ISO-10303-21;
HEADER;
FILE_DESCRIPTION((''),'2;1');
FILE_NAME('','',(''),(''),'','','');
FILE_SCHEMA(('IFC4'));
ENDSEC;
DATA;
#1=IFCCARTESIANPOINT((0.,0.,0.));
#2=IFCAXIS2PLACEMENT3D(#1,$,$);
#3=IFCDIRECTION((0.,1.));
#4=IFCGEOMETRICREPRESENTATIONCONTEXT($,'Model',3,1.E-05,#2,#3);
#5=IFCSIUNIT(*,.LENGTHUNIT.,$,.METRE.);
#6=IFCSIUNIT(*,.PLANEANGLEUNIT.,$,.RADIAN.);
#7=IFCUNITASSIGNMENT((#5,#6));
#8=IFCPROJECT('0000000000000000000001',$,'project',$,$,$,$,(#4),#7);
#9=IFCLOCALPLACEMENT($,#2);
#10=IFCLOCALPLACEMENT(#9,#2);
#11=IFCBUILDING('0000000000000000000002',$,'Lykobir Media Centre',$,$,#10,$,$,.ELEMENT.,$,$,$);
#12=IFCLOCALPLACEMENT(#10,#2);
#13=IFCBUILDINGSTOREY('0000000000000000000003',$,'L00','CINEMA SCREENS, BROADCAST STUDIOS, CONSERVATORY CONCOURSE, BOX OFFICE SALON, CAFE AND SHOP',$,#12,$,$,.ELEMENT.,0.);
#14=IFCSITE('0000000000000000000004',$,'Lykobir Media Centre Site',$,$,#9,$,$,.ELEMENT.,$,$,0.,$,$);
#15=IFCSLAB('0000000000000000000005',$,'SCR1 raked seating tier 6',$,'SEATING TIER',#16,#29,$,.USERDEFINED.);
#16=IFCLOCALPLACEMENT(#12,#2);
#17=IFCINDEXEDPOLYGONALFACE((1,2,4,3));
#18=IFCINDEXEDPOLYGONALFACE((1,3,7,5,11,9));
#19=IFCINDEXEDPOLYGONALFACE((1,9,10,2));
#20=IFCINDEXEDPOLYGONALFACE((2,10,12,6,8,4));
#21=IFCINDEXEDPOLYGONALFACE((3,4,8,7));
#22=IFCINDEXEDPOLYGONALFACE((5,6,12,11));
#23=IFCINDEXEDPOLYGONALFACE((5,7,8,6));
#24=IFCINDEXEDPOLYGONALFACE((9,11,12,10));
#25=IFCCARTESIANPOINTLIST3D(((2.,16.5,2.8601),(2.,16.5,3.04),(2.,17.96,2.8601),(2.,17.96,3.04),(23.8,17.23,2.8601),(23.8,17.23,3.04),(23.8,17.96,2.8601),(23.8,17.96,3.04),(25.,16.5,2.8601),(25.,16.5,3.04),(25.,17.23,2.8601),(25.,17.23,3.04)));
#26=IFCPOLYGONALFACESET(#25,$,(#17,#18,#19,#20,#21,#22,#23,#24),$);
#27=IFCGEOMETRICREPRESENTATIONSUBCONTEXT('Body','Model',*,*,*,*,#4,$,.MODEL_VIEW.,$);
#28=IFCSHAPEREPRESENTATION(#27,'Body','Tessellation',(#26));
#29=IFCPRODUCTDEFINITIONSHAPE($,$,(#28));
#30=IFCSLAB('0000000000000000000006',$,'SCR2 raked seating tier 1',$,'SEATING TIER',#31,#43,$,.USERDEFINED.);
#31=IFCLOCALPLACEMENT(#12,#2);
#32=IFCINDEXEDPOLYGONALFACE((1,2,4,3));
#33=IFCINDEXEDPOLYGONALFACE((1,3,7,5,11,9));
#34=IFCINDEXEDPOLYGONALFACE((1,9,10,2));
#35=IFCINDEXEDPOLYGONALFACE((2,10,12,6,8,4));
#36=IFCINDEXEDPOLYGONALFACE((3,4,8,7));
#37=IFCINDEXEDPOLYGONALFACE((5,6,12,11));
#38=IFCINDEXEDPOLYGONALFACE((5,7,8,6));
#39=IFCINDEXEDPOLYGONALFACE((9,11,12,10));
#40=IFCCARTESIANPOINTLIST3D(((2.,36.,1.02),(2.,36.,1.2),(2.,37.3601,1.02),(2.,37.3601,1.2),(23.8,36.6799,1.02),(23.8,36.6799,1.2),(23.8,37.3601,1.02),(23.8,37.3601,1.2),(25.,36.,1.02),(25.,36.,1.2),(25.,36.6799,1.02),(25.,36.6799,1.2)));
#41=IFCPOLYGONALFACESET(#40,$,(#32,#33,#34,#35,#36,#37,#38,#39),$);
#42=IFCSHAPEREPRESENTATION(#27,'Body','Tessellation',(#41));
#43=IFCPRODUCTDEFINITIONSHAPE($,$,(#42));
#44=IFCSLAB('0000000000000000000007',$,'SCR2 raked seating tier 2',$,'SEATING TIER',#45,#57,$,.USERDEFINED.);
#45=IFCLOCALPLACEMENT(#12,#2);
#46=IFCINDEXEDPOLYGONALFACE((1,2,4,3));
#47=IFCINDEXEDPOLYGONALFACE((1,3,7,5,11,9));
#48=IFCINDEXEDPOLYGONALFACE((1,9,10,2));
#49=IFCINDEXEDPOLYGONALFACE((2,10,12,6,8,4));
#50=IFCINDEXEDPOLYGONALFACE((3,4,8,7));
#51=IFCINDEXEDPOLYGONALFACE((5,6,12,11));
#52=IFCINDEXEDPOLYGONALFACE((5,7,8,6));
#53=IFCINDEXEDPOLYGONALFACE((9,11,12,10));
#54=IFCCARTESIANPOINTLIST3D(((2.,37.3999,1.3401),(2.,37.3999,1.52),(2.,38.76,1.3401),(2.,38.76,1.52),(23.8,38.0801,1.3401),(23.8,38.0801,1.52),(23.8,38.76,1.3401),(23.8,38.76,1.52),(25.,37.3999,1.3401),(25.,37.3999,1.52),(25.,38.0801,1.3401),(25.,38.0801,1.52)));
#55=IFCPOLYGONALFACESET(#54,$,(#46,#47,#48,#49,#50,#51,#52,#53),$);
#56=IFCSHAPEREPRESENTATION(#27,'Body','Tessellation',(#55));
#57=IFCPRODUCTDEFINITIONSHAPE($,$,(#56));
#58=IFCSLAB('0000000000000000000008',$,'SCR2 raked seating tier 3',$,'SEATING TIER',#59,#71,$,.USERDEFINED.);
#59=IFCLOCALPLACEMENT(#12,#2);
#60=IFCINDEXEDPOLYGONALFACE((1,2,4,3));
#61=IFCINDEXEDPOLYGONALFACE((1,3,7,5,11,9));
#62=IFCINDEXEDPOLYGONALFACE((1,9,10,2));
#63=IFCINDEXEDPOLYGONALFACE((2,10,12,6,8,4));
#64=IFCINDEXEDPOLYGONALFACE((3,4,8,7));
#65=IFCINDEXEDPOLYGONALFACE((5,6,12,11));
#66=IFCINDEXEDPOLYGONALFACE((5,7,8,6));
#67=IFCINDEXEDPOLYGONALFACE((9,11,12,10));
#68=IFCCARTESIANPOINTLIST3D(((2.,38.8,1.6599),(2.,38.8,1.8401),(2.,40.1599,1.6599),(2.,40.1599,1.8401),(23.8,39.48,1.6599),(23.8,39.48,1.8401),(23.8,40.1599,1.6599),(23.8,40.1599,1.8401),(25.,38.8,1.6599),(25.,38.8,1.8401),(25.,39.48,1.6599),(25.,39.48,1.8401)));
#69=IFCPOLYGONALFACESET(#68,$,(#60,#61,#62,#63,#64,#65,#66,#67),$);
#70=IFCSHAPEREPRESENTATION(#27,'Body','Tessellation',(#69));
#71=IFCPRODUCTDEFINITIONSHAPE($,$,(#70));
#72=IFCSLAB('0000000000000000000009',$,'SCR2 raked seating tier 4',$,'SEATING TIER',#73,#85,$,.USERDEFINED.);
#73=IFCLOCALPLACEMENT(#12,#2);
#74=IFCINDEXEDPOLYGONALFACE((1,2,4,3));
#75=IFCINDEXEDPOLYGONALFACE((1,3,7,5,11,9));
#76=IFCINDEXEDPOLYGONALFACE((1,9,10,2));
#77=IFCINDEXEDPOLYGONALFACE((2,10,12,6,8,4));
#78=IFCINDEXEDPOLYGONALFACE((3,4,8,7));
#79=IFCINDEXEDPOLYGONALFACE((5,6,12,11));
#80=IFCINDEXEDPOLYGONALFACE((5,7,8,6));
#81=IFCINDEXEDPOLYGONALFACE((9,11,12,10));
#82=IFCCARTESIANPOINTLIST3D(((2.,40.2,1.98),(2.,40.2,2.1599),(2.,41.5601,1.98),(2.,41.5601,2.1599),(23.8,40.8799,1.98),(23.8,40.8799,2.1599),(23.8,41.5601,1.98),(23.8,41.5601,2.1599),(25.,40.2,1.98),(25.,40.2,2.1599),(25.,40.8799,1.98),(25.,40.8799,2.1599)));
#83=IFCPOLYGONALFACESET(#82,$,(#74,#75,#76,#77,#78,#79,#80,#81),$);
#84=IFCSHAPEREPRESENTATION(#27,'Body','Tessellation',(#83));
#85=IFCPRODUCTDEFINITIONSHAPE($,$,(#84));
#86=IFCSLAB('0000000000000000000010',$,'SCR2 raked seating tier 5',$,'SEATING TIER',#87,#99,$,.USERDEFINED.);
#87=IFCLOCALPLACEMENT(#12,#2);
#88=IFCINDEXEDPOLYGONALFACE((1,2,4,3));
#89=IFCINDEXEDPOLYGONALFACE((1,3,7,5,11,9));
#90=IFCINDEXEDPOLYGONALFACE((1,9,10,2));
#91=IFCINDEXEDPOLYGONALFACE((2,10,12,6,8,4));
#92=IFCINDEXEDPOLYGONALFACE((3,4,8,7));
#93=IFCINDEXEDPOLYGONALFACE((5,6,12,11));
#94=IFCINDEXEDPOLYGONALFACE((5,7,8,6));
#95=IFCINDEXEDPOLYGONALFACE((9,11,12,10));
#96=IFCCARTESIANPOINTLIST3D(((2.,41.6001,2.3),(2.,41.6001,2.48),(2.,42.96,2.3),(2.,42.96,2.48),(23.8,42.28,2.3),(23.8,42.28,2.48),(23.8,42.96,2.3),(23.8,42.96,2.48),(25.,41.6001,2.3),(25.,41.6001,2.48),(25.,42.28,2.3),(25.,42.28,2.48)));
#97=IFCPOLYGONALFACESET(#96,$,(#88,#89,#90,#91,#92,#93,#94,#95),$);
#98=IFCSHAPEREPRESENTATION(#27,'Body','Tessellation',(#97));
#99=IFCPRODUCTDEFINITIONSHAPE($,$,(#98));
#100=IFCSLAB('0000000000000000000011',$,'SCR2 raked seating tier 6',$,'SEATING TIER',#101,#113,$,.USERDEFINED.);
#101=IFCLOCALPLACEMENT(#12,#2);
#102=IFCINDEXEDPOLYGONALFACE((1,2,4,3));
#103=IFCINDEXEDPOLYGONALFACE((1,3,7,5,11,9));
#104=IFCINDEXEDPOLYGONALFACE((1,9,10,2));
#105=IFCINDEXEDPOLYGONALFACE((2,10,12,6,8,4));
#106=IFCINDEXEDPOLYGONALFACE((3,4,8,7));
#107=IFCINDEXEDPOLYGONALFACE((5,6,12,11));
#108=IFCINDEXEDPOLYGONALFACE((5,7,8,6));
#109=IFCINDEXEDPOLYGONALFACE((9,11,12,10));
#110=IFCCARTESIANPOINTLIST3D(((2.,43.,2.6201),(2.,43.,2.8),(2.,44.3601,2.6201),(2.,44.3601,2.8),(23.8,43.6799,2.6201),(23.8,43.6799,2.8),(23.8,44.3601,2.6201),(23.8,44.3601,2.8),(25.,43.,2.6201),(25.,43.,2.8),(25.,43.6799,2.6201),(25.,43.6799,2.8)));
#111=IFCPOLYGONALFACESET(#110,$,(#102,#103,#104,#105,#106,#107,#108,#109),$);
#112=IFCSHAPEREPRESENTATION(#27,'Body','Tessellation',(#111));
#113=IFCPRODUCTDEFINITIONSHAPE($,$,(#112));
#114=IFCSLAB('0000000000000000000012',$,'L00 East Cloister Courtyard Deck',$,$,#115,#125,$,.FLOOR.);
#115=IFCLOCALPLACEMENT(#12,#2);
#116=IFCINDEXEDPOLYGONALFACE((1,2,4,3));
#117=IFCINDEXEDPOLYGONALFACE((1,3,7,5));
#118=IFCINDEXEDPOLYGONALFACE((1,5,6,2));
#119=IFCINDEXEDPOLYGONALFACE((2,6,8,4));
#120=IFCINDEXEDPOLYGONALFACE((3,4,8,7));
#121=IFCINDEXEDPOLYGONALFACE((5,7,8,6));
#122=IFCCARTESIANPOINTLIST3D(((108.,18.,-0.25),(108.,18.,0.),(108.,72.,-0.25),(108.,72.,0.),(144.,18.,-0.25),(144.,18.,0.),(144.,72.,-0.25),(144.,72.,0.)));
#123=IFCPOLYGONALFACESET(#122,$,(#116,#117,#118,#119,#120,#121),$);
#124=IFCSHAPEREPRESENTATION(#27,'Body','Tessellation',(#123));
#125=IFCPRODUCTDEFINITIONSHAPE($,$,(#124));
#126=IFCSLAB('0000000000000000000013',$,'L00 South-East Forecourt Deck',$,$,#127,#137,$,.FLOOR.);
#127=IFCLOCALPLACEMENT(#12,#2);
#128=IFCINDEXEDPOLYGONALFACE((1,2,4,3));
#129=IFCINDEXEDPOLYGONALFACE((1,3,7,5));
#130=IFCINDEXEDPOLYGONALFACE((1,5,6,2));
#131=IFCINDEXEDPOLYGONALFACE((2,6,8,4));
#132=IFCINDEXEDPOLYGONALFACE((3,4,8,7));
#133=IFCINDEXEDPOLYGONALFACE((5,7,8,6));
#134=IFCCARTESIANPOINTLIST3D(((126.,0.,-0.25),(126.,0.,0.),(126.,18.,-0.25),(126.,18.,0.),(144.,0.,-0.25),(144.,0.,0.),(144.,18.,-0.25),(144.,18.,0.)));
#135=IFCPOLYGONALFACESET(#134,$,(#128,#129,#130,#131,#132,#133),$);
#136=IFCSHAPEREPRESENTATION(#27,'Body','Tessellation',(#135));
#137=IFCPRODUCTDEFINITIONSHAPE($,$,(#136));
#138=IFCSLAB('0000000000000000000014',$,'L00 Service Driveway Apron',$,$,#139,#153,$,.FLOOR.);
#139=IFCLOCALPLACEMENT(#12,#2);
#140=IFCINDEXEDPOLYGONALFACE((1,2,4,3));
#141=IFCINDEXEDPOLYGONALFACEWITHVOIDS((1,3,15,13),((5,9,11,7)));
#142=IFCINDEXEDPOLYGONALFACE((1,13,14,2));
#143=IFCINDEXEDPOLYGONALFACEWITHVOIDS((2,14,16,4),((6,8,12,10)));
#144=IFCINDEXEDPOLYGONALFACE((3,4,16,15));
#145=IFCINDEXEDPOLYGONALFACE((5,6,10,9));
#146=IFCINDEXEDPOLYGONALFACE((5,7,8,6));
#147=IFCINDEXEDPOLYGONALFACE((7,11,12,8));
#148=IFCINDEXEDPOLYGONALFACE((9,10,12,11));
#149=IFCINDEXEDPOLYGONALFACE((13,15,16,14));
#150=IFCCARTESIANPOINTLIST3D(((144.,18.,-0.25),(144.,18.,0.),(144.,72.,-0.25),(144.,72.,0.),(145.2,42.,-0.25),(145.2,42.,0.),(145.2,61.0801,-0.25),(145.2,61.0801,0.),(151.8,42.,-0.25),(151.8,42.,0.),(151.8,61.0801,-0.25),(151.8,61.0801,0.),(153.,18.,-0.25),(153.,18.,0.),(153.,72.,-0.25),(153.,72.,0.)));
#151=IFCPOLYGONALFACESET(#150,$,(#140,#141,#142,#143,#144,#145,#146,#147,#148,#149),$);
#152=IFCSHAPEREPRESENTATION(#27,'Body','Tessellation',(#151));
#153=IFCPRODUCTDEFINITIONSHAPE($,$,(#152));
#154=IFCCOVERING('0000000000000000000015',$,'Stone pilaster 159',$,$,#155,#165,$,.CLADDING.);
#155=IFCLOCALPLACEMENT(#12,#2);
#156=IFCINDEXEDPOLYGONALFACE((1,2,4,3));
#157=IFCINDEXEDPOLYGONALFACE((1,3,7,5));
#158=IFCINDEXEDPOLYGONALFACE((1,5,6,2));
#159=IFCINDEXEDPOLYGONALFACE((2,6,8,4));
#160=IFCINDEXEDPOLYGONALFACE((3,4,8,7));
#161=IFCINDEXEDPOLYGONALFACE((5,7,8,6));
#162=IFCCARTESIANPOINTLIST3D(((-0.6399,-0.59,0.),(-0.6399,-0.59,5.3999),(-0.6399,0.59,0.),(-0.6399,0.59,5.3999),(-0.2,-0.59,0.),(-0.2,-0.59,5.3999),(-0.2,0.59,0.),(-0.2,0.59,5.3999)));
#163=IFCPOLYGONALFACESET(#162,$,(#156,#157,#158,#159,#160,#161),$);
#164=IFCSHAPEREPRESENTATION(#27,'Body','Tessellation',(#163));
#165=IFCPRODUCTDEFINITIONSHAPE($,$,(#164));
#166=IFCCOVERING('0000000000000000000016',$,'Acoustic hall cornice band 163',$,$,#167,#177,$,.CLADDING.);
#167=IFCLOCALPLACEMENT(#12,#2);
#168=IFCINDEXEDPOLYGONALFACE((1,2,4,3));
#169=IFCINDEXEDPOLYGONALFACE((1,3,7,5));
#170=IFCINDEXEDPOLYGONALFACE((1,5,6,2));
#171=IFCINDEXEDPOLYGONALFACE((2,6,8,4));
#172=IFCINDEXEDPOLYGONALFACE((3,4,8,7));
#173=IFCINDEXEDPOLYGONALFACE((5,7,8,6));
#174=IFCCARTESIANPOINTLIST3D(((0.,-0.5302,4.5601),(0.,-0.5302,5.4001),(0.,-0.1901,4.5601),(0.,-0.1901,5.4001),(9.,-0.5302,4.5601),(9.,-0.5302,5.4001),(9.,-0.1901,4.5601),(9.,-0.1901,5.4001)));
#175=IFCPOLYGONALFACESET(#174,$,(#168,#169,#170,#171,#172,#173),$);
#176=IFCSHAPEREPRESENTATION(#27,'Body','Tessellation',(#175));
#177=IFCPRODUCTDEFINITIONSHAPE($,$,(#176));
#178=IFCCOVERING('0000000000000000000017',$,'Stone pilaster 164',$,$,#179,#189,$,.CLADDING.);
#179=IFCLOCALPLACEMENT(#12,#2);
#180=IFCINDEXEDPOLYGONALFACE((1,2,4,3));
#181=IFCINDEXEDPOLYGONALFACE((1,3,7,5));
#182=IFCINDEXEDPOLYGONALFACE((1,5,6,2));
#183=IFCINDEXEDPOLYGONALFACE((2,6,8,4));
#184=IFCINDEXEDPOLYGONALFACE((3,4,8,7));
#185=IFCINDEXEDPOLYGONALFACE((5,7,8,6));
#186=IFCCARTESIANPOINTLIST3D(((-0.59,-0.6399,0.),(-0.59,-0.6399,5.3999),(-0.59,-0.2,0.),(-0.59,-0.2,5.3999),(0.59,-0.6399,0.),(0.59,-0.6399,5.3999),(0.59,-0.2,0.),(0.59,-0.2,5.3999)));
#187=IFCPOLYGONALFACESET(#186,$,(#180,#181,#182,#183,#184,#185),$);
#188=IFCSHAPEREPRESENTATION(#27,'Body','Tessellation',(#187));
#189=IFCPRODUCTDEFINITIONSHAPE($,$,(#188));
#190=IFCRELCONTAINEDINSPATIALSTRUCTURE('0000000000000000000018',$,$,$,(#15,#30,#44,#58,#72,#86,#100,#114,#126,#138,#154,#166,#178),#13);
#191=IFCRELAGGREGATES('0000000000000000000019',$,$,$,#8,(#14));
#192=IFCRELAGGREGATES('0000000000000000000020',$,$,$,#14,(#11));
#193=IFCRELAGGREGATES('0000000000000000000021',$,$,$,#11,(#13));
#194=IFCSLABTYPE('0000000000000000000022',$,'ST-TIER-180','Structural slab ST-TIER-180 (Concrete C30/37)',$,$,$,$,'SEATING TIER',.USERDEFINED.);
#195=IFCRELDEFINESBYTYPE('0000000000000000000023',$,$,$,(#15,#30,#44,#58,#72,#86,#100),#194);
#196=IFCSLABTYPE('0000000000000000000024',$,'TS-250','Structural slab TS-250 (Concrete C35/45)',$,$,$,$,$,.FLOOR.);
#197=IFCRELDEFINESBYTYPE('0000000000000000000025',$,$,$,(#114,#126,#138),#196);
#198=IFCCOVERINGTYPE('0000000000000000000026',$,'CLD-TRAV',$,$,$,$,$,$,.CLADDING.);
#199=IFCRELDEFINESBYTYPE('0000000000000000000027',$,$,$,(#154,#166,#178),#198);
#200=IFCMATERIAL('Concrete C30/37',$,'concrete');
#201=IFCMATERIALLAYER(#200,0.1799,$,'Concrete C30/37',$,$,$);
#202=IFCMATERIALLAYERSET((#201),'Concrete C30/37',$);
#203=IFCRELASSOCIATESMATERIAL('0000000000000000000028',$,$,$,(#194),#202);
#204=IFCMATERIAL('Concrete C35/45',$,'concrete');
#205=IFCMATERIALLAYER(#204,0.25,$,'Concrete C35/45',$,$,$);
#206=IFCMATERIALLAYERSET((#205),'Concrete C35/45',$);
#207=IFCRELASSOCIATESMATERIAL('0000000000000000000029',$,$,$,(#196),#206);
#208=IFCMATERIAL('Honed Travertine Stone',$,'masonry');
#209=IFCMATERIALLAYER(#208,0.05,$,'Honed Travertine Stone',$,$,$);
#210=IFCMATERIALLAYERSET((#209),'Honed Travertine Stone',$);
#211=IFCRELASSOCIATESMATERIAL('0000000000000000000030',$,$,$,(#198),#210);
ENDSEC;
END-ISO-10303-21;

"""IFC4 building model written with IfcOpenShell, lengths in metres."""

from ifc_helpers import new_model, si_unit, direction, frame, origin, origin_2d, place, context, subcontext, project, spatial, polyline, rectangle, outline, extrude, material, layer, layer_set, type_object, element, save


model = new_model("IFC4")

# Units and contexts
model_context = context("Model", 3, precision=1e-05, world=origin(), true_north=direction((0.0, 1.0)))
body_context = subcontext(model_context, "Body", "Model", "MODEL_VIEW")
ifc_project = project(units=[si_unit("LENGTHUNIT", "METRE"), si_unit("PLANEANGLEUNIT", "RADIAN")], contexts=[model_context])

# Site, building, storey
site_placement = place(None, origin())
site = spatial("IfcSite", under=ifc_project, at=site_placement, Name="Lykobir Media Centre Site", CompositionType="ELEMENT", RefElevation=0.0)
building_placement = place(site_placement, origin())
building = spatial("IfcBuilding", under=site, at=building_placement, Name="Lykobir Media Centre", CompositionType="ELEMENT")
storey_placement = place(building_placement, origin())
storey = spatial("IfcBuildingStorey", under=building, at=storey_placement, Name="L00", Description="CINEMA SCREENS, BROADCAST STUDIOS, CONSERVATORY CONCOURSE, BOX OFFICE SALON, CAFE AND SHOP", CompositionType="ELEMENT", Elevation=0.0)

# Shared definitions
ifc_material_1 = material(Name="Concrete C30/37", Category="concrete")

# Slabs
ifc_layer_1 = layer(ifc_material_1, 0.1799, Name="Concrete C30/37")
ifc_layer_set_1 = layer_set([ifc_layer_1], Name="Concrete C30/37")
slab_type_1 = type_object("IfcSlabType", Name="ST-TIER-180", Description="Structural slab ST-TIER-180 (Concrete C30/37)", ElementType="SEATING TIER", PredefinedType="USERDEFINED", material=ifc_layer_set_1)
slab_1_placement = place(storey_placement, frame((0.0, 0.0, 2.8601)))
element("IfcSlab", 1, at=slab_1_placement, inside=storey, type_object=slab_type_1, Name="SCR1 raked seating tier 6", ObjectType="SEATING TIER", PredefinedType="USERDEFINED", context=body_context, shape_type="SweptSolid", body=[
    extrude(outline(polyline([(2.0, 16.5), (25.0, 16.5), (25.0, 17.23), (23.8, 17.23), (23.8, 17.96), (2.0, 17.96), (2.0, 16.5)])), origin(), (0.0, 0.0, 1.0), 0.1799),
])
slab_2_placement = place(storey_placement, frame((0.0, 0.0, 1.02)))
element("IfcSlab", 2, at=slab_2_placement, inside=storey, type_object=slab_type_1, Name="SCR2 raked seating tier 1", ObjectType="SEATING TIER", PredefinedType="USERDEFINED", context=body_context, shape_type="SweptSolid", body=[
    extrude(outline(polyline([(2.0, 36.0), (25.0, 36.0), (25.0, 36.6799), (23.8, 36.6799), (23.8, 37.3601), (2.0, 37.3601), (2.0, 36.0)])), origin(), (0.0, 0.0, 1.0), 0.1799),
])
slab_3_placement = place(storey_placement, frame((0.0, 0.0, 1.3401)))
element("IfcSlab", 3, at=slab_3_placement, inside=storey, type_object=slab_type_1, Name="SCR2 raked seating tier 2", ObjectType="SEATING TIER", PredefinedType="USERDEFINED", context=body_context, shape_type="SweptSolid", body=[
    extrude(outline(polyline([(2.0, 37.3999), (25.0, 37.3999), (25.0, 38.0801), (23.8, 38.0801), (23.8, 38.76), (2.0, 38.76), (2.0, 37.3999)])), origin(), (0.0, 0.0, 1.0), 0.1799),
])
slab_4_placement = place(storey_placement, frame((0.0, 0.0, 1.6599)))
element("IfcSlab", 4, at=slab_4_placement, inside=storey, type_object=slab_type_1, Name="SCR2 raked seating tier 3", ObjectType="SEATING TIER", PredefinedType="USERDEFINED", context=body_context, shape_type="SweptSolid", body=[
    extrude(outline(polyline([(2.0, 38.8), (25.0, 38.8), (25.0, 39.48), (23.8, 39.48), (23.8, 40.1599), (2.0, 40.1599), (2.0, 38.8)])), origin(), (0.0, 0.0, 1.0), 0.1802),
])
slab_5_placement = place(storey_placement, frame((0.0, 0.0, 1.98)))
element("IfcSlab", 5, at=slab_5_placement, inside=storey, type_object=slab_type_1, Name="SCR2 raked seating tier 4", ObjectType="SEATING TIER", PredefinedType="USERDEFINED", context=body_context, shape_type="SweptSolid", body=[
    extrude(outline(polyline([(2.0, 40.2), (25.0, 40.2), (25.0, 40.8799), (23.8, 40.8799), (23.8, 41.5601), (2.0, 41.5601), (2.0, 40.2)])), origin(), (0.0, 0.0, 1.0), 0.1799),
])
slab_6_placement = place(storey_placement, frame((0.0, 0.0, 2.3)))
element("IfcSlab", 6, at=slab_6_placement, inside=storey, type_object=slab_type_1, Name="SCR2 raked seating tier 5", ObjectType="SEATING TIER", PredefinedType="USERDEFINED", context=body_context, shape_type="SweptSolid", body=[
    extrude(outline(polyline([(2.0, 41.6001), (25.0, 41.6001), (25.0, 42.28), (23.8, 42.28), (23.8, 42.96), (2.0, 42.96), (2.0, 41.6001)])), origin(), (0.0, 0.0, 1.0), 0.1799),
])
slab_7_placement = place(storey_placement, frame((0.0, 0.0, 2.6201)))
element("IfcSlab", 7, at=slab_7_placement, inside=storey, type_object=slab_type_1, Name="SCR2 raked seating tier 6", ObjectType="SEATING TIER", PredefinedType="USERDEFINED", context=body_context, shape_type="SweptSolid", body=[
    extrude(outline(polyline([(2.0, 43.0), (25.0, 43.0), (25.0, 43.6799), (23.8, 43.6799), (23.8, 44.3601), (2.0, 44.3601), (2.0, 43.0)])), origin(), (0.0, 0.0, 1.0), 0.1799),
])
ifc_material_2 = material(Name="Concrete C35/45", Category="concrete")
ifc_layer_2 = layer(ifc_material_2, 0.25, Name="Concrete C35/45")
ifc_layer_set_2 = layer_set([ifc_layer_2], Name="Concrete C35/45")
slab_type_2 = type_object("IfcSlabType", Name="TS-250", Description="Structural slab TS-250 (Concrete C35/45)", PredefinedType="FLOOR", material=ifc_layer_set_2)
slab_8_placement = place(storey_placement, frame((0.0, 0.0, -0.25)))
element("IfcSlab", 8, at=slab_8_placement, inside=storey, type_object=slab_type_2, Name="L00 East Cloister Courtyard Deck", PredefinedType="FLOOR", context=body_context, shape_type="SweptSolid", body=[
    extrude(outline(polyline([(144.0, 18.0), (144.0, 72.0), (108.0, 72.0), (108.0, 18.0), (144.0, 18.0)])), origin(), (0.0, 0.0, 1.0), 0.25),
])
slab_9_placement = place(storey_placement, frame((0.0, 0.0, -0.25)))
element("IfcSlab", 9, at=slab_9_placement, inside=storey, type_object=slab_type_2, Name="L00 South-East Forecourt Deck", PredefinedType="FLOOR", context=body_context, shape_type="SweptSolid", body=[
    extrude(outline(polyline([(144.0, 0.0), (144.0, 18.0), (126.0, 18.0), (126.0, 0.0), (144.0, 0.0)])), origin(), (0.0, 0.0, 1.0), 0.25),
])
slab_10_placement = place(storey_placement, frame((0.0, 0.0, -0.25)))
element("IfcSlab", 10, at=slab_10_placement, inside=storey, type_object=slab_type_2, Name="L00 Service Driveway Apron", PredefinedType="FLOOR", context=body_context, shape_type="SweptSolid", body=[
    extrude(outline(polyline([(153.0, 18.0), (153.0, 72.0), (144.0, 72.0), (144.0, 18.0), (153.0, 18.0)]), holes=[polyline([(151.8, 42.0), (145.2, 42.0), (145.2, 61.0801), (151.8, 61.0801), (151.8, 42.0)])]), origin(), (0.0, 0.0, 1.0), 0.25),
])

# Coverings
ifc_material_3 = material(Name="Honed Travertine Stone", Category="masonry")
ifc_layer_3 = layer(ifc_material_3, 0.05, Name="Honed Travertine Stone")
ifc_layer_set_3 = layer_set([ifc_layer_3], Name="Honed Travertine Stone")
covering_type = type_object("IfcCoveringType", Name="CLD-TRAV", PredefinedType="CLADDING", material=ifc_layer_set_3)
covering_1_placement = place(storey_placement, frame((-0.4199, 0.0, 0.0), z_axis=(0.0, 0.0, 1.0), x_axis=(0.0, -1.0, 0.0)))
element("IfcCovering", 11, at=covering_1_placement, inside=storey, type_object=covering_type, Name="Stone pilaster 159", PredefinedType="CLADDING", context=body_context, shape_type="SweptSolid", body=[
    extrude(rectangle(XDim=1.1799, YDim=0.4399, at=origin_2d()), origin(), (0.0, 0.0, 1.0), 5.3999),
])
covering_2_placement = place(storey_placement, frame((4.5, -0.3601, 4.5601), z_axis=(0.0, 0.0, 1.0), x_axis=(1.0, 0.0, 0.0)))
element("IfcCovering", 12, at=covering_2_placement, inside=storey, type_object=covering_type, Name="Acoustic hall cornice band 163", PredefinedType="CLADDING", context=body_context, shape_type="SweptSolid", body=[
    extrude(rectangle(XDim=9.0, YDim=0.3401, at=origin_2d()), origin(), (0.0, 0.0, 1.0), 0.8401),
])
for number, where, z_axis, x_axis, name in (
    (13, (0.0, -0.4199, 0.0), (0.0, 0.0, 1.0), (1.0, 0.0, 0.0), "Stone pilaster 164"),
):
    element("IfcCovering", number, at=place(storey_placement, frame(where, z_axis=z_axis, x_axis=x_axis)), inside=storey, type_object=covering_type, Name=name, PredefinedType="CLADDING", context=body_context, shape_type="SweptSolid", body=[
        extrude(rectangle(XDim=1.1799, YDim=0.4399, at=origin_2d()), origin(), (0.0, 0.0, 1.0), 5.3999),
    ])

save(model, "model.ifc")
